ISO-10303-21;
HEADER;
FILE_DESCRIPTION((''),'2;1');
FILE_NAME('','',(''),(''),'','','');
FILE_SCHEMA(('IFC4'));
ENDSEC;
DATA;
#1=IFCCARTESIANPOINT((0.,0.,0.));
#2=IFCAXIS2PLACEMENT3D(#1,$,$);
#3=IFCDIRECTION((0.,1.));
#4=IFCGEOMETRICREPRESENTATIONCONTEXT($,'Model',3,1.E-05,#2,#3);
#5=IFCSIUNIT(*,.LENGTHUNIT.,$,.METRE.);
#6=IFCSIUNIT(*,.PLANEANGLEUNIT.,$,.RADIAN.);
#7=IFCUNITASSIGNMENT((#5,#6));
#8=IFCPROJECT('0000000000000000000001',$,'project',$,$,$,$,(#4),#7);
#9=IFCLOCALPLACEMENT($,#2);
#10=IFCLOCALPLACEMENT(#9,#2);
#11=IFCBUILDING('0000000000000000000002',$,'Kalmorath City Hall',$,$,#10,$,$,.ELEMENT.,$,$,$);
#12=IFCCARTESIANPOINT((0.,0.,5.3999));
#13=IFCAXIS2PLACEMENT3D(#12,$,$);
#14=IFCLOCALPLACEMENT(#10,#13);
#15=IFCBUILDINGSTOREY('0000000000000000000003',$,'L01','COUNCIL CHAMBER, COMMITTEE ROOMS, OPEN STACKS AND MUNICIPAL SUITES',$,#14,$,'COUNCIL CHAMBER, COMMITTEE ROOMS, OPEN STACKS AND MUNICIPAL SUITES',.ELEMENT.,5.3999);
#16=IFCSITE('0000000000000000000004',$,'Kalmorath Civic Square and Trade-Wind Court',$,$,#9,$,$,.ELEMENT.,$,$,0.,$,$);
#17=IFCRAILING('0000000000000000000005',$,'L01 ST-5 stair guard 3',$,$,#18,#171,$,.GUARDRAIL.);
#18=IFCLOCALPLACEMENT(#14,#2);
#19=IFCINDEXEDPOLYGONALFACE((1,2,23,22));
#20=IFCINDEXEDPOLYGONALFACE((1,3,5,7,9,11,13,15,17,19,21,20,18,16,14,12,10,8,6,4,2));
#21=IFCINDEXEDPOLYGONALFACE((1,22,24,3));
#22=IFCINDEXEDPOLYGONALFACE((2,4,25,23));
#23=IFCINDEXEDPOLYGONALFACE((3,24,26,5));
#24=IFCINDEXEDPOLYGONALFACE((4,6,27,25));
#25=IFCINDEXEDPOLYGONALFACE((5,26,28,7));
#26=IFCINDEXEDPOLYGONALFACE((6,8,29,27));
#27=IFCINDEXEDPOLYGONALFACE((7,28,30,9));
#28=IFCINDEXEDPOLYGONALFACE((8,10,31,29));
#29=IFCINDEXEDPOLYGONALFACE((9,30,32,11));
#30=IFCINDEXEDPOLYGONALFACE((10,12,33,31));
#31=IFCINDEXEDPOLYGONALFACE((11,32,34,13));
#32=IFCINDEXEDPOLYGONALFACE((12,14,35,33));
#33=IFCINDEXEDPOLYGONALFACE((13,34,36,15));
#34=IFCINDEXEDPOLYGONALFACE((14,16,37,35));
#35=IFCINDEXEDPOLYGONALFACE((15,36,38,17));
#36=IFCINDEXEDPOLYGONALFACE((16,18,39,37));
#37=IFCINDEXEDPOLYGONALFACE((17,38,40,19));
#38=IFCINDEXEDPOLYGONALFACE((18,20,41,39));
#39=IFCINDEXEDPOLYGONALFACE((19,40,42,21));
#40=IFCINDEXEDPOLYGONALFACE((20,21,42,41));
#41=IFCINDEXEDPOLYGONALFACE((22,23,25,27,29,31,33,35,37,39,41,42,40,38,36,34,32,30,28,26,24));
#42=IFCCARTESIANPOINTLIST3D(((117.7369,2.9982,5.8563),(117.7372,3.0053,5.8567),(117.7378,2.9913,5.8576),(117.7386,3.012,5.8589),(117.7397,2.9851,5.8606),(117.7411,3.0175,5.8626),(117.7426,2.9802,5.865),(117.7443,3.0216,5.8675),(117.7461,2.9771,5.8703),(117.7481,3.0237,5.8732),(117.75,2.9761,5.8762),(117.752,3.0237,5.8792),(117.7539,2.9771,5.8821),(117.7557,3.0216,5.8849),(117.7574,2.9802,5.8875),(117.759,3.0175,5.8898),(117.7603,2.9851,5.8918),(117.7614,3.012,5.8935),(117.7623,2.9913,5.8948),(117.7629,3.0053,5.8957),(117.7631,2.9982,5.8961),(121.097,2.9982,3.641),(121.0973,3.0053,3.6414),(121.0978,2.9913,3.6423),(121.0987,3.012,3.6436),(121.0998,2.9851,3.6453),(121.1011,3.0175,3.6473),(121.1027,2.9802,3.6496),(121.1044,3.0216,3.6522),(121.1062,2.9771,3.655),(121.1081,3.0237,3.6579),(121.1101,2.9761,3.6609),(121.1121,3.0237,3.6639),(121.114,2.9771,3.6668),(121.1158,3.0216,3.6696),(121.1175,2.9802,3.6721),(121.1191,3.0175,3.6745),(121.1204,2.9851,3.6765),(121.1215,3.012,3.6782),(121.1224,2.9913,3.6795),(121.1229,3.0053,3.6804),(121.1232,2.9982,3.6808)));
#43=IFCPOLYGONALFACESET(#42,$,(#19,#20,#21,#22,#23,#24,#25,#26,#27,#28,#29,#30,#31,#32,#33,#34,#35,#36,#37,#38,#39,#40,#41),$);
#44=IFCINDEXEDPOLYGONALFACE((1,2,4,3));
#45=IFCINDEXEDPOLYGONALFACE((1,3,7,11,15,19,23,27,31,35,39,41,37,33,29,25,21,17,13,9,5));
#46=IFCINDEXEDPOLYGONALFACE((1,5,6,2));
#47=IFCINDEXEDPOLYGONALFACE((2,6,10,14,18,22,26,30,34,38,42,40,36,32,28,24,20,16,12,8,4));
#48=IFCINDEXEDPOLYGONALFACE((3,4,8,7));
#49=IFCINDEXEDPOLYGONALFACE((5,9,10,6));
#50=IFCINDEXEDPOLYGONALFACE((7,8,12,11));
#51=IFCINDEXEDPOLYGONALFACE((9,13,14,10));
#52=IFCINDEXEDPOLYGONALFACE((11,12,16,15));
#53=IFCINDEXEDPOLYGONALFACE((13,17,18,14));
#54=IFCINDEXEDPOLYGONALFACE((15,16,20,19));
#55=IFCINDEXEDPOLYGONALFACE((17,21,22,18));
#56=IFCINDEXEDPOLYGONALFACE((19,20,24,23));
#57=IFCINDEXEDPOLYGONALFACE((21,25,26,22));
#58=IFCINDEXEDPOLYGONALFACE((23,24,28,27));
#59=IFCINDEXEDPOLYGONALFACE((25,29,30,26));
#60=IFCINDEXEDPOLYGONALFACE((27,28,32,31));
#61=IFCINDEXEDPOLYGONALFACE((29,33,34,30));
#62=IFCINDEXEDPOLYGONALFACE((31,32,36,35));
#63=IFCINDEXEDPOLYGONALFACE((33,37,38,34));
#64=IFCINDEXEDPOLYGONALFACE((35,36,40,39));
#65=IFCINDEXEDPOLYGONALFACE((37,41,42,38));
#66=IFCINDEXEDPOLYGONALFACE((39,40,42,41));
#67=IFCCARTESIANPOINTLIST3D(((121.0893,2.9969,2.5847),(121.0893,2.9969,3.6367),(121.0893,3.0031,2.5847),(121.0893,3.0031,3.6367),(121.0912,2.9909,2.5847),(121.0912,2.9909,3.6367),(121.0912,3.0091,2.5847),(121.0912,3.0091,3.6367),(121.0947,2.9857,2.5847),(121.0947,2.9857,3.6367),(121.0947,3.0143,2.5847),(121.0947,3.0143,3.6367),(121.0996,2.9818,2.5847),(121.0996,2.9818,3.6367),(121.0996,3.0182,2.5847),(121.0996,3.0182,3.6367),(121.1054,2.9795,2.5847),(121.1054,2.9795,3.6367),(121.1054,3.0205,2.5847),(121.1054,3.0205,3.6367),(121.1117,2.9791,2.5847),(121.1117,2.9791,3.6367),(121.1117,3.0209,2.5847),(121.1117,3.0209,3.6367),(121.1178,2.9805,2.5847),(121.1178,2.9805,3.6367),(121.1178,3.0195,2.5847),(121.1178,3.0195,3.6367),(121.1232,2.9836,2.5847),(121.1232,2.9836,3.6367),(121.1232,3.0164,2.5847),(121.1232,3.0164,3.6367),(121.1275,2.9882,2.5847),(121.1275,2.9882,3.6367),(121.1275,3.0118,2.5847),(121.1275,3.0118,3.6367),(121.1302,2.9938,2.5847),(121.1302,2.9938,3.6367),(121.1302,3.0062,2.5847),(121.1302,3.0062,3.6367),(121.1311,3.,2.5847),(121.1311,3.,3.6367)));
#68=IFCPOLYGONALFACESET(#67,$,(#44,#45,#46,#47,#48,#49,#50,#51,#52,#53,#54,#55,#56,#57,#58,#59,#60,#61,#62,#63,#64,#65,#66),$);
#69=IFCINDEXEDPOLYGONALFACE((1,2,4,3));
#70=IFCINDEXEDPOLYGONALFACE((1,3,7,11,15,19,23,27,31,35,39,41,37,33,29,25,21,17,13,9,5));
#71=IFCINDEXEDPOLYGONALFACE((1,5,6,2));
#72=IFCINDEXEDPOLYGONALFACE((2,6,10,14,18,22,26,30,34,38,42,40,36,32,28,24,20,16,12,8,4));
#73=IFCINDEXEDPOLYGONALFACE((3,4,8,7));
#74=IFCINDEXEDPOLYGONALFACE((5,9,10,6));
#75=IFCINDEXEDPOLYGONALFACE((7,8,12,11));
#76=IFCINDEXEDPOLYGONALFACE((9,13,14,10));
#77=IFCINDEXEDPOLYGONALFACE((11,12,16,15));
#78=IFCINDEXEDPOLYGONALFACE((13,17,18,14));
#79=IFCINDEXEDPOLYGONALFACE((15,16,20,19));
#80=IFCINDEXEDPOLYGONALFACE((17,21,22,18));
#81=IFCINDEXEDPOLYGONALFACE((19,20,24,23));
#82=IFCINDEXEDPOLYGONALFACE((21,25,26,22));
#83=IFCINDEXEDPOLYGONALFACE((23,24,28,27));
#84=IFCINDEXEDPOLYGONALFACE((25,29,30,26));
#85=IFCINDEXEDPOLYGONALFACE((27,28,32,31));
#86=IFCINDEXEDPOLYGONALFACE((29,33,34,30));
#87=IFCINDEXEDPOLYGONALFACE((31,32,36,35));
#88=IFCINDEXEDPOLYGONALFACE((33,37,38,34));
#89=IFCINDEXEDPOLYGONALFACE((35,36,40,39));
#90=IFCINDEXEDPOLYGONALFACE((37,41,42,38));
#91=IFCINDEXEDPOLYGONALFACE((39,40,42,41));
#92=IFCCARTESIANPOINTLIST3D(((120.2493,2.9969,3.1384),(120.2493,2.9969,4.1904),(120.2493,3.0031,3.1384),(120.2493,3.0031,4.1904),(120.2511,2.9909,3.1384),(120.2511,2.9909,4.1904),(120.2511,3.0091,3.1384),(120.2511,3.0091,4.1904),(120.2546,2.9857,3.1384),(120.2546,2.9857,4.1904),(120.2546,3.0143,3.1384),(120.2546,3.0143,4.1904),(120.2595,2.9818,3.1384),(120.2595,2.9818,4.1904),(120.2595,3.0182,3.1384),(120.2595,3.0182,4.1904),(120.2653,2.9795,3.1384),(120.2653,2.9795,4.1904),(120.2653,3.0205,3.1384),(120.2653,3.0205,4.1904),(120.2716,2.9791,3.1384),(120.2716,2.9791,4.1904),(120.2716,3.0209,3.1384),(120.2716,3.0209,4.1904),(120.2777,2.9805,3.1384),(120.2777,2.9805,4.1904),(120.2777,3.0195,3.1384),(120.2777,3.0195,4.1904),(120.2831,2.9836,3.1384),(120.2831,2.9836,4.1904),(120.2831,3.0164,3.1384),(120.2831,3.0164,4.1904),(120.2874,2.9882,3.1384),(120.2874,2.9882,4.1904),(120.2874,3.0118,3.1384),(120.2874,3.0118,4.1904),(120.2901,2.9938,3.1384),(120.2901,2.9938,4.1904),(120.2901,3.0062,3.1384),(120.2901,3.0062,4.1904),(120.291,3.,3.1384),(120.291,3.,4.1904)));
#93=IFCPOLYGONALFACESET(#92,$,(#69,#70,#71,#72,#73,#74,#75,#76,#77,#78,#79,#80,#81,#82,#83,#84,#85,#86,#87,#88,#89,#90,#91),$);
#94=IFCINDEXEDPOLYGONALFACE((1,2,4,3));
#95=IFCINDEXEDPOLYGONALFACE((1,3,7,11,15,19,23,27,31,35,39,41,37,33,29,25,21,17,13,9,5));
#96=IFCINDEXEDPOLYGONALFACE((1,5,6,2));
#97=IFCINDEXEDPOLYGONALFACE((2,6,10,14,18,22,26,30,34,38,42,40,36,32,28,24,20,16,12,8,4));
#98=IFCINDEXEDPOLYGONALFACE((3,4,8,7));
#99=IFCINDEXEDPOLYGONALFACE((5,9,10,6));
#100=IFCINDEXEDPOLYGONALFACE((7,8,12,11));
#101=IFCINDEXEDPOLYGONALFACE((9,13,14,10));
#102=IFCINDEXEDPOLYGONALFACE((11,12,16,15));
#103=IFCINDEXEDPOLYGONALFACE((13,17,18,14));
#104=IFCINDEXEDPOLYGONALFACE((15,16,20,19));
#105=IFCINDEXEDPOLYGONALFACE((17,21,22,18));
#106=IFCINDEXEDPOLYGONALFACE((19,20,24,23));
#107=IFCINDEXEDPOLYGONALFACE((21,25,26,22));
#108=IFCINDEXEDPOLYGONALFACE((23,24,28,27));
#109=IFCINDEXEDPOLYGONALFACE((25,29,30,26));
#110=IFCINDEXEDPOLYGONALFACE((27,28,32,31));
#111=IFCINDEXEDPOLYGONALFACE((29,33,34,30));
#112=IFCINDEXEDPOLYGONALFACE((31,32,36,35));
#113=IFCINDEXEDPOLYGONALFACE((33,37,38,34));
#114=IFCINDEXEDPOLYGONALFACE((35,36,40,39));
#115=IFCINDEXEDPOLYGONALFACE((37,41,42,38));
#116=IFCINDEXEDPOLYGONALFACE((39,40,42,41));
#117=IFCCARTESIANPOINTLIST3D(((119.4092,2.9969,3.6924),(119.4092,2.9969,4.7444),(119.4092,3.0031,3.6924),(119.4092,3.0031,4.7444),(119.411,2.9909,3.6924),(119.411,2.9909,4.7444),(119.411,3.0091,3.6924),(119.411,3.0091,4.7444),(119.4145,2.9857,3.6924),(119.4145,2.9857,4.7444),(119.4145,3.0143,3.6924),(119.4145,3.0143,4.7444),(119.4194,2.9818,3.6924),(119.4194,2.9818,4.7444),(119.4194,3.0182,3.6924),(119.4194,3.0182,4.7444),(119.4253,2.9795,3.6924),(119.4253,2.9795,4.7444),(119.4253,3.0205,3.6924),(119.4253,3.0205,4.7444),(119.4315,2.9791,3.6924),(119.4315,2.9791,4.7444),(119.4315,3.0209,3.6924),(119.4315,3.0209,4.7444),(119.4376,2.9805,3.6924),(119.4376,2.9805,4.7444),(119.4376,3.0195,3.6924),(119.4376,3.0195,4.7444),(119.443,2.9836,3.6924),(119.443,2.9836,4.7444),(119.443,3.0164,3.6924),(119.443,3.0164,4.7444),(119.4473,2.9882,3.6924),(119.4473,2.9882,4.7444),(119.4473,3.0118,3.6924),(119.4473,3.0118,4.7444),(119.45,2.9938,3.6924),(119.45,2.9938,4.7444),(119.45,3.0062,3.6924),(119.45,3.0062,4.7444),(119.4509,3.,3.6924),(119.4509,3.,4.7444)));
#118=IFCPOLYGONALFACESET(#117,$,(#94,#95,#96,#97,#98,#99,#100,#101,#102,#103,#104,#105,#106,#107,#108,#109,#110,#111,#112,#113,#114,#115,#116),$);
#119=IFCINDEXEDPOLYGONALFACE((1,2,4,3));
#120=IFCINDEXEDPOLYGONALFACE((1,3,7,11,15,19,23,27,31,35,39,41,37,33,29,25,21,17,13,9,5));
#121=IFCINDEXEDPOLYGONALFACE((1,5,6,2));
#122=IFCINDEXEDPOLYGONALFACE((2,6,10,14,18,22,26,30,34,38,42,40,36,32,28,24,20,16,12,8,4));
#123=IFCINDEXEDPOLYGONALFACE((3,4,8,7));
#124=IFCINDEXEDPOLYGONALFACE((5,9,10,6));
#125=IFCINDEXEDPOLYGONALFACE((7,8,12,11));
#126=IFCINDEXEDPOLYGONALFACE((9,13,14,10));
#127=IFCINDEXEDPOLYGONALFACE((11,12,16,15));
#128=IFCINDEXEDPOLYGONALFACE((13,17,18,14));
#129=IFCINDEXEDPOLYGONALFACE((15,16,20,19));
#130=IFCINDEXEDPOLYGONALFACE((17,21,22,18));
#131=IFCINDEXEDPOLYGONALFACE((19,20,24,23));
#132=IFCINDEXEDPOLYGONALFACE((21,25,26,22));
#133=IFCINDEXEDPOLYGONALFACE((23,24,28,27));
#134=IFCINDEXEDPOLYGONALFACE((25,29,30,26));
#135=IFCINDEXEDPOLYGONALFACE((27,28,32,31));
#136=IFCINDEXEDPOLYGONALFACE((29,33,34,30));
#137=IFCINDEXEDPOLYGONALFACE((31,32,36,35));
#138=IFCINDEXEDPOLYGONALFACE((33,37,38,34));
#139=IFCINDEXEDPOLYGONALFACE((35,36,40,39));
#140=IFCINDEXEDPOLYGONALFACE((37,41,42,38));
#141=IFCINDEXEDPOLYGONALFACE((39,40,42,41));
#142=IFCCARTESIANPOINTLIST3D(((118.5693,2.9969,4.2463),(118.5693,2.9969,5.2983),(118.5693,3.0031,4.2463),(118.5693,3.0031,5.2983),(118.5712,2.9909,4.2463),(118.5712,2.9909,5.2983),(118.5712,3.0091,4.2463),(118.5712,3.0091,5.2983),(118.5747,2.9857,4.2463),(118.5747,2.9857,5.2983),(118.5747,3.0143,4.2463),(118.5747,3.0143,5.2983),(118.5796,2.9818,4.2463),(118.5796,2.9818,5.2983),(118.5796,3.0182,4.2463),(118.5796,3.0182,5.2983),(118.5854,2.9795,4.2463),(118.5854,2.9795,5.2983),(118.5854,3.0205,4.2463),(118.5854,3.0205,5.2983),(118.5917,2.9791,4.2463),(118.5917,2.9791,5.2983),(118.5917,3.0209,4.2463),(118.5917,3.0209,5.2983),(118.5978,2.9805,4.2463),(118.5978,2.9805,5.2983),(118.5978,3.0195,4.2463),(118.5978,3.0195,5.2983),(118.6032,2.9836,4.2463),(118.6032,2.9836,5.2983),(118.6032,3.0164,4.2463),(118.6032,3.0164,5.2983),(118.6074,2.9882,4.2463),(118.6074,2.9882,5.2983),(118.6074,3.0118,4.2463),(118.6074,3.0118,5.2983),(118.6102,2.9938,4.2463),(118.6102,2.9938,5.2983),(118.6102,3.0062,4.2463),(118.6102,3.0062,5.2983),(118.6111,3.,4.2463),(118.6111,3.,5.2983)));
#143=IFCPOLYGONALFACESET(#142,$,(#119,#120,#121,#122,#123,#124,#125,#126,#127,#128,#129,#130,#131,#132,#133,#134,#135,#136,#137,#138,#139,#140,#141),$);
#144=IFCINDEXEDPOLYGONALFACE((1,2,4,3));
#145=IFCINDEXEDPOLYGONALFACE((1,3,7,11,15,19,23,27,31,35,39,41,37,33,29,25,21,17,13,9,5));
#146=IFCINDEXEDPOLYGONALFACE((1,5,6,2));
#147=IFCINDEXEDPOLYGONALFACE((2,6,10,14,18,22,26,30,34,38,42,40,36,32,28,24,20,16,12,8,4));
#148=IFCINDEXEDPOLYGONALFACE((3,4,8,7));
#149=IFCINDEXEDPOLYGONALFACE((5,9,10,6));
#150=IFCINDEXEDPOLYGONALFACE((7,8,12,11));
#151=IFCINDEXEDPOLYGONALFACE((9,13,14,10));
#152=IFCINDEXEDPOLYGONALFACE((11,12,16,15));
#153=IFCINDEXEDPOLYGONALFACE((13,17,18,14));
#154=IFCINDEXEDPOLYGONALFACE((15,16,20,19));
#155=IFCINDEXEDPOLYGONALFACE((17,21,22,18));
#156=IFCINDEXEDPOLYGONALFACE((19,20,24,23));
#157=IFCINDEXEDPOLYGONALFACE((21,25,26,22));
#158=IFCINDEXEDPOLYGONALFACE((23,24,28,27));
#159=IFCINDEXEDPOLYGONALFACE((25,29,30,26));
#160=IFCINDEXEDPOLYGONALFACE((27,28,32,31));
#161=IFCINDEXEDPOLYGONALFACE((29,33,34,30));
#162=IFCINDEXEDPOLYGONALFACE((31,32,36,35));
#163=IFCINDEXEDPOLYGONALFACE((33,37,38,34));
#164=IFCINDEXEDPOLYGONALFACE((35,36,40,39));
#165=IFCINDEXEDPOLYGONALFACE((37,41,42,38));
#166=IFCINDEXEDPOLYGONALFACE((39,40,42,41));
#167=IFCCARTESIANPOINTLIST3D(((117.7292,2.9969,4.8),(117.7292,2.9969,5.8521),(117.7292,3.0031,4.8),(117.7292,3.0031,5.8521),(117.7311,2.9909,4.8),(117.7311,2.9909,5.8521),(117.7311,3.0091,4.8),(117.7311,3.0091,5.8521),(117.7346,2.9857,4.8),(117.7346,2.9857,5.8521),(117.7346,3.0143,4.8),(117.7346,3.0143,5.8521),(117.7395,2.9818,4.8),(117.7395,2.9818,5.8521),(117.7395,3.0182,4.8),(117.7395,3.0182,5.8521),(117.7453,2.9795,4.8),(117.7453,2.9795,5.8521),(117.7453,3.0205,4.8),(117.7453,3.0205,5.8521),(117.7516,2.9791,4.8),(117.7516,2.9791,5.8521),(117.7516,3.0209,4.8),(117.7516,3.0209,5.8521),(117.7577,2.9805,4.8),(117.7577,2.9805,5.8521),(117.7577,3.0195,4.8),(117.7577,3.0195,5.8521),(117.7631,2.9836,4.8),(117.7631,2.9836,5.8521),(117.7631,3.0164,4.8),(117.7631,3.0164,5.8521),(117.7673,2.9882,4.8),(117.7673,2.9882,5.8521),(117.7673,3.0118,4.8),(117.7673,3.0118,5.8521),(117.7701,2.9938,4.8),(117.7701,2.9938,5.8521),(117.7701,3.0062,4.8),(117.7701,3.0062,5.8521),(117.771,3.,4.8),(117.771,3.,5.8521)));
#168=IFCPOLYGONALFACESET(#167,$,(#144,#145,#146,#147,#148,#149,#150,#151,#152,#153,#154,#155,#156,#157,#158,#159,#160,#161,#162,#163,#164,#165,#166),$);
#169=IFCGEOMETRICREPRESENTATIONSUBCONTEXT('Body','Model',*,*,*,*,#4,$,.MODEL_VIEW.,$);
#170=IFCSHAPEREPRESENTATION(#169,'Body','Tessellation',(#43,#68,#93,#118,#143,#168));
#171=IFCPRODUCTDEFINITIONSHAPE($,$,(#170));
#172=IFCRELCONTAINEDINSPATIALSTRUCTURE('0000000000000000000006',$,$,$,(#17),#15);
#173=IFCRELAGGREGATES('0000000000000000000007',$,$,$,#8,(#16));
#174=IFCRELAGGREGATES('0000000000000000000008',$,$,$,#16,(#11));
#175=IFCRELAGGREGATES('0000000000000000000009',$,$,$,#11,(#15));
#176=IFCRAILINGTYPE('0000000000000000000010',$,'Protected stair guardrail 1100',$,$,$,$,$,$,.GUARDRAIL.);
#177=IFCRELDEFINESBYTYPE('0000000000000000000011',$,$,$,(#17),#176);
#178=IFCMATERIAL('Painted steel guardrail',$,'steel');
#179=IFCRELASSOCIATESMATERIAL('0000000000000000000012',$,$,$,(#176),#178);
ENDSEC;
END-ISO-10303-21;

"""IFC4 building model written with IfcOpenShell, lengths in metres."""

from ifc_helpers import new_model, si_unit, direction, frame, origin, origin_2d, place, context, subcontext, project, spatial, circle, extrude, material, type_object, element, save


model = new_model("IFC4")

# Units and contexts
model_context = context("Model", 3, precision=1e-05, world=origin(), true_north=direction((0.0, 1.0)))
body_context = subcontext(model_context, "Body", "Model", "MODEL_VIEW")
ifc_project = project(units=[si_unit("LENGTHUNIT", "METRE"), si_unit("PLANEANGLEUNIT", "RADIAN")], contexts=[model_context])

# Site, building, storey
site_placement = place(None, origin())
site = spatial("IfcSite", under=ifc_project, at=site_placement, Name="Kalmorath Civic Square and Trade-Wind Court", CompositionType="ELEMENT", RefElevation=0.0)
building_placement = place(site_placement, origin())
building = spatial("IfcBuilding", under=site, at=building_placement, Name="Kalmorath City Hall", CompositionType="ELEMENT")
storey_placement = place(building_placement, frame((0.0, 0.0, 5.3999)))
storey = spatial("IfcBuildingStorey", under=building, at=storey_placement, Name="L01", Description="COUNCIL CHAMBER, COMMITTEE ROOMS, OPEN STACKS AND MUNICIPAL SUITES", LongName="COUNCIL CHAMBER, COMMITTEE ROOMS, OPEN STACKS AND MUNICIPAL SUITES", CompositionType="ELEMENT", Elevation=5.3999)

# Railing
ifc_material_1 = material(Name="Painted steel guardrail", Category="steel")
railing_type_1 = type_object("IfcRailingType", Name="Protected stair guardrail 1100", PredefinedType="GUARDRAIL", material=ifc_material_1)
railing_1_placement = place(storey_placement, frame((121.1101, 3.0, 2.5847)))
element("IfcRailing", 1, at=railing_1_placement, inside=storey, type_object=railing_type_1, Name="L01 ST-5 stair guard 3", PredefinedType="GUARDRAIL", context=body_context, shape_type="SweptSolid", body=[
    extrude(circle(Radius=0.0239, at=origin_2d()), frame((0.0, 0.0, 1.0762), z_axis=(-0.834876, 0.0, 0.550437), x_axis=(0.0, -1.0, 0.0)), (0.0, 0.0, 1.0), 4.0247),
    extrude(circle(Radius=0.021, at=origin_2d()), origin(), (0.0, 0.0, 1.0), 1.052),
    extrude(circle(Radius=0.021, at=origin_2d()), frame((-0.8401, 0.0, 0.5537)), (0.0, 0.0, 1.0), 1.052),
    extrude(circle(Radius=0.021, at=origin_2d()), frame((-1.6802, 0.0, 1.1077)), (0.0, 0.0, 1.0), 1.052),
    extrude(circle(Radius=0.021, at=origin_2d()), frame((-2.52, 0.0, 1.6616)), (0.0, 0.0, 1.0), 1.052),
    extrude(circle(Radius=0.021, at=origin_2d()), frame((-3.3601, 0.0, 2.2153)), (0.0, 0.0, 1.0), 1.052),
])

save(model, "model.ifc")
